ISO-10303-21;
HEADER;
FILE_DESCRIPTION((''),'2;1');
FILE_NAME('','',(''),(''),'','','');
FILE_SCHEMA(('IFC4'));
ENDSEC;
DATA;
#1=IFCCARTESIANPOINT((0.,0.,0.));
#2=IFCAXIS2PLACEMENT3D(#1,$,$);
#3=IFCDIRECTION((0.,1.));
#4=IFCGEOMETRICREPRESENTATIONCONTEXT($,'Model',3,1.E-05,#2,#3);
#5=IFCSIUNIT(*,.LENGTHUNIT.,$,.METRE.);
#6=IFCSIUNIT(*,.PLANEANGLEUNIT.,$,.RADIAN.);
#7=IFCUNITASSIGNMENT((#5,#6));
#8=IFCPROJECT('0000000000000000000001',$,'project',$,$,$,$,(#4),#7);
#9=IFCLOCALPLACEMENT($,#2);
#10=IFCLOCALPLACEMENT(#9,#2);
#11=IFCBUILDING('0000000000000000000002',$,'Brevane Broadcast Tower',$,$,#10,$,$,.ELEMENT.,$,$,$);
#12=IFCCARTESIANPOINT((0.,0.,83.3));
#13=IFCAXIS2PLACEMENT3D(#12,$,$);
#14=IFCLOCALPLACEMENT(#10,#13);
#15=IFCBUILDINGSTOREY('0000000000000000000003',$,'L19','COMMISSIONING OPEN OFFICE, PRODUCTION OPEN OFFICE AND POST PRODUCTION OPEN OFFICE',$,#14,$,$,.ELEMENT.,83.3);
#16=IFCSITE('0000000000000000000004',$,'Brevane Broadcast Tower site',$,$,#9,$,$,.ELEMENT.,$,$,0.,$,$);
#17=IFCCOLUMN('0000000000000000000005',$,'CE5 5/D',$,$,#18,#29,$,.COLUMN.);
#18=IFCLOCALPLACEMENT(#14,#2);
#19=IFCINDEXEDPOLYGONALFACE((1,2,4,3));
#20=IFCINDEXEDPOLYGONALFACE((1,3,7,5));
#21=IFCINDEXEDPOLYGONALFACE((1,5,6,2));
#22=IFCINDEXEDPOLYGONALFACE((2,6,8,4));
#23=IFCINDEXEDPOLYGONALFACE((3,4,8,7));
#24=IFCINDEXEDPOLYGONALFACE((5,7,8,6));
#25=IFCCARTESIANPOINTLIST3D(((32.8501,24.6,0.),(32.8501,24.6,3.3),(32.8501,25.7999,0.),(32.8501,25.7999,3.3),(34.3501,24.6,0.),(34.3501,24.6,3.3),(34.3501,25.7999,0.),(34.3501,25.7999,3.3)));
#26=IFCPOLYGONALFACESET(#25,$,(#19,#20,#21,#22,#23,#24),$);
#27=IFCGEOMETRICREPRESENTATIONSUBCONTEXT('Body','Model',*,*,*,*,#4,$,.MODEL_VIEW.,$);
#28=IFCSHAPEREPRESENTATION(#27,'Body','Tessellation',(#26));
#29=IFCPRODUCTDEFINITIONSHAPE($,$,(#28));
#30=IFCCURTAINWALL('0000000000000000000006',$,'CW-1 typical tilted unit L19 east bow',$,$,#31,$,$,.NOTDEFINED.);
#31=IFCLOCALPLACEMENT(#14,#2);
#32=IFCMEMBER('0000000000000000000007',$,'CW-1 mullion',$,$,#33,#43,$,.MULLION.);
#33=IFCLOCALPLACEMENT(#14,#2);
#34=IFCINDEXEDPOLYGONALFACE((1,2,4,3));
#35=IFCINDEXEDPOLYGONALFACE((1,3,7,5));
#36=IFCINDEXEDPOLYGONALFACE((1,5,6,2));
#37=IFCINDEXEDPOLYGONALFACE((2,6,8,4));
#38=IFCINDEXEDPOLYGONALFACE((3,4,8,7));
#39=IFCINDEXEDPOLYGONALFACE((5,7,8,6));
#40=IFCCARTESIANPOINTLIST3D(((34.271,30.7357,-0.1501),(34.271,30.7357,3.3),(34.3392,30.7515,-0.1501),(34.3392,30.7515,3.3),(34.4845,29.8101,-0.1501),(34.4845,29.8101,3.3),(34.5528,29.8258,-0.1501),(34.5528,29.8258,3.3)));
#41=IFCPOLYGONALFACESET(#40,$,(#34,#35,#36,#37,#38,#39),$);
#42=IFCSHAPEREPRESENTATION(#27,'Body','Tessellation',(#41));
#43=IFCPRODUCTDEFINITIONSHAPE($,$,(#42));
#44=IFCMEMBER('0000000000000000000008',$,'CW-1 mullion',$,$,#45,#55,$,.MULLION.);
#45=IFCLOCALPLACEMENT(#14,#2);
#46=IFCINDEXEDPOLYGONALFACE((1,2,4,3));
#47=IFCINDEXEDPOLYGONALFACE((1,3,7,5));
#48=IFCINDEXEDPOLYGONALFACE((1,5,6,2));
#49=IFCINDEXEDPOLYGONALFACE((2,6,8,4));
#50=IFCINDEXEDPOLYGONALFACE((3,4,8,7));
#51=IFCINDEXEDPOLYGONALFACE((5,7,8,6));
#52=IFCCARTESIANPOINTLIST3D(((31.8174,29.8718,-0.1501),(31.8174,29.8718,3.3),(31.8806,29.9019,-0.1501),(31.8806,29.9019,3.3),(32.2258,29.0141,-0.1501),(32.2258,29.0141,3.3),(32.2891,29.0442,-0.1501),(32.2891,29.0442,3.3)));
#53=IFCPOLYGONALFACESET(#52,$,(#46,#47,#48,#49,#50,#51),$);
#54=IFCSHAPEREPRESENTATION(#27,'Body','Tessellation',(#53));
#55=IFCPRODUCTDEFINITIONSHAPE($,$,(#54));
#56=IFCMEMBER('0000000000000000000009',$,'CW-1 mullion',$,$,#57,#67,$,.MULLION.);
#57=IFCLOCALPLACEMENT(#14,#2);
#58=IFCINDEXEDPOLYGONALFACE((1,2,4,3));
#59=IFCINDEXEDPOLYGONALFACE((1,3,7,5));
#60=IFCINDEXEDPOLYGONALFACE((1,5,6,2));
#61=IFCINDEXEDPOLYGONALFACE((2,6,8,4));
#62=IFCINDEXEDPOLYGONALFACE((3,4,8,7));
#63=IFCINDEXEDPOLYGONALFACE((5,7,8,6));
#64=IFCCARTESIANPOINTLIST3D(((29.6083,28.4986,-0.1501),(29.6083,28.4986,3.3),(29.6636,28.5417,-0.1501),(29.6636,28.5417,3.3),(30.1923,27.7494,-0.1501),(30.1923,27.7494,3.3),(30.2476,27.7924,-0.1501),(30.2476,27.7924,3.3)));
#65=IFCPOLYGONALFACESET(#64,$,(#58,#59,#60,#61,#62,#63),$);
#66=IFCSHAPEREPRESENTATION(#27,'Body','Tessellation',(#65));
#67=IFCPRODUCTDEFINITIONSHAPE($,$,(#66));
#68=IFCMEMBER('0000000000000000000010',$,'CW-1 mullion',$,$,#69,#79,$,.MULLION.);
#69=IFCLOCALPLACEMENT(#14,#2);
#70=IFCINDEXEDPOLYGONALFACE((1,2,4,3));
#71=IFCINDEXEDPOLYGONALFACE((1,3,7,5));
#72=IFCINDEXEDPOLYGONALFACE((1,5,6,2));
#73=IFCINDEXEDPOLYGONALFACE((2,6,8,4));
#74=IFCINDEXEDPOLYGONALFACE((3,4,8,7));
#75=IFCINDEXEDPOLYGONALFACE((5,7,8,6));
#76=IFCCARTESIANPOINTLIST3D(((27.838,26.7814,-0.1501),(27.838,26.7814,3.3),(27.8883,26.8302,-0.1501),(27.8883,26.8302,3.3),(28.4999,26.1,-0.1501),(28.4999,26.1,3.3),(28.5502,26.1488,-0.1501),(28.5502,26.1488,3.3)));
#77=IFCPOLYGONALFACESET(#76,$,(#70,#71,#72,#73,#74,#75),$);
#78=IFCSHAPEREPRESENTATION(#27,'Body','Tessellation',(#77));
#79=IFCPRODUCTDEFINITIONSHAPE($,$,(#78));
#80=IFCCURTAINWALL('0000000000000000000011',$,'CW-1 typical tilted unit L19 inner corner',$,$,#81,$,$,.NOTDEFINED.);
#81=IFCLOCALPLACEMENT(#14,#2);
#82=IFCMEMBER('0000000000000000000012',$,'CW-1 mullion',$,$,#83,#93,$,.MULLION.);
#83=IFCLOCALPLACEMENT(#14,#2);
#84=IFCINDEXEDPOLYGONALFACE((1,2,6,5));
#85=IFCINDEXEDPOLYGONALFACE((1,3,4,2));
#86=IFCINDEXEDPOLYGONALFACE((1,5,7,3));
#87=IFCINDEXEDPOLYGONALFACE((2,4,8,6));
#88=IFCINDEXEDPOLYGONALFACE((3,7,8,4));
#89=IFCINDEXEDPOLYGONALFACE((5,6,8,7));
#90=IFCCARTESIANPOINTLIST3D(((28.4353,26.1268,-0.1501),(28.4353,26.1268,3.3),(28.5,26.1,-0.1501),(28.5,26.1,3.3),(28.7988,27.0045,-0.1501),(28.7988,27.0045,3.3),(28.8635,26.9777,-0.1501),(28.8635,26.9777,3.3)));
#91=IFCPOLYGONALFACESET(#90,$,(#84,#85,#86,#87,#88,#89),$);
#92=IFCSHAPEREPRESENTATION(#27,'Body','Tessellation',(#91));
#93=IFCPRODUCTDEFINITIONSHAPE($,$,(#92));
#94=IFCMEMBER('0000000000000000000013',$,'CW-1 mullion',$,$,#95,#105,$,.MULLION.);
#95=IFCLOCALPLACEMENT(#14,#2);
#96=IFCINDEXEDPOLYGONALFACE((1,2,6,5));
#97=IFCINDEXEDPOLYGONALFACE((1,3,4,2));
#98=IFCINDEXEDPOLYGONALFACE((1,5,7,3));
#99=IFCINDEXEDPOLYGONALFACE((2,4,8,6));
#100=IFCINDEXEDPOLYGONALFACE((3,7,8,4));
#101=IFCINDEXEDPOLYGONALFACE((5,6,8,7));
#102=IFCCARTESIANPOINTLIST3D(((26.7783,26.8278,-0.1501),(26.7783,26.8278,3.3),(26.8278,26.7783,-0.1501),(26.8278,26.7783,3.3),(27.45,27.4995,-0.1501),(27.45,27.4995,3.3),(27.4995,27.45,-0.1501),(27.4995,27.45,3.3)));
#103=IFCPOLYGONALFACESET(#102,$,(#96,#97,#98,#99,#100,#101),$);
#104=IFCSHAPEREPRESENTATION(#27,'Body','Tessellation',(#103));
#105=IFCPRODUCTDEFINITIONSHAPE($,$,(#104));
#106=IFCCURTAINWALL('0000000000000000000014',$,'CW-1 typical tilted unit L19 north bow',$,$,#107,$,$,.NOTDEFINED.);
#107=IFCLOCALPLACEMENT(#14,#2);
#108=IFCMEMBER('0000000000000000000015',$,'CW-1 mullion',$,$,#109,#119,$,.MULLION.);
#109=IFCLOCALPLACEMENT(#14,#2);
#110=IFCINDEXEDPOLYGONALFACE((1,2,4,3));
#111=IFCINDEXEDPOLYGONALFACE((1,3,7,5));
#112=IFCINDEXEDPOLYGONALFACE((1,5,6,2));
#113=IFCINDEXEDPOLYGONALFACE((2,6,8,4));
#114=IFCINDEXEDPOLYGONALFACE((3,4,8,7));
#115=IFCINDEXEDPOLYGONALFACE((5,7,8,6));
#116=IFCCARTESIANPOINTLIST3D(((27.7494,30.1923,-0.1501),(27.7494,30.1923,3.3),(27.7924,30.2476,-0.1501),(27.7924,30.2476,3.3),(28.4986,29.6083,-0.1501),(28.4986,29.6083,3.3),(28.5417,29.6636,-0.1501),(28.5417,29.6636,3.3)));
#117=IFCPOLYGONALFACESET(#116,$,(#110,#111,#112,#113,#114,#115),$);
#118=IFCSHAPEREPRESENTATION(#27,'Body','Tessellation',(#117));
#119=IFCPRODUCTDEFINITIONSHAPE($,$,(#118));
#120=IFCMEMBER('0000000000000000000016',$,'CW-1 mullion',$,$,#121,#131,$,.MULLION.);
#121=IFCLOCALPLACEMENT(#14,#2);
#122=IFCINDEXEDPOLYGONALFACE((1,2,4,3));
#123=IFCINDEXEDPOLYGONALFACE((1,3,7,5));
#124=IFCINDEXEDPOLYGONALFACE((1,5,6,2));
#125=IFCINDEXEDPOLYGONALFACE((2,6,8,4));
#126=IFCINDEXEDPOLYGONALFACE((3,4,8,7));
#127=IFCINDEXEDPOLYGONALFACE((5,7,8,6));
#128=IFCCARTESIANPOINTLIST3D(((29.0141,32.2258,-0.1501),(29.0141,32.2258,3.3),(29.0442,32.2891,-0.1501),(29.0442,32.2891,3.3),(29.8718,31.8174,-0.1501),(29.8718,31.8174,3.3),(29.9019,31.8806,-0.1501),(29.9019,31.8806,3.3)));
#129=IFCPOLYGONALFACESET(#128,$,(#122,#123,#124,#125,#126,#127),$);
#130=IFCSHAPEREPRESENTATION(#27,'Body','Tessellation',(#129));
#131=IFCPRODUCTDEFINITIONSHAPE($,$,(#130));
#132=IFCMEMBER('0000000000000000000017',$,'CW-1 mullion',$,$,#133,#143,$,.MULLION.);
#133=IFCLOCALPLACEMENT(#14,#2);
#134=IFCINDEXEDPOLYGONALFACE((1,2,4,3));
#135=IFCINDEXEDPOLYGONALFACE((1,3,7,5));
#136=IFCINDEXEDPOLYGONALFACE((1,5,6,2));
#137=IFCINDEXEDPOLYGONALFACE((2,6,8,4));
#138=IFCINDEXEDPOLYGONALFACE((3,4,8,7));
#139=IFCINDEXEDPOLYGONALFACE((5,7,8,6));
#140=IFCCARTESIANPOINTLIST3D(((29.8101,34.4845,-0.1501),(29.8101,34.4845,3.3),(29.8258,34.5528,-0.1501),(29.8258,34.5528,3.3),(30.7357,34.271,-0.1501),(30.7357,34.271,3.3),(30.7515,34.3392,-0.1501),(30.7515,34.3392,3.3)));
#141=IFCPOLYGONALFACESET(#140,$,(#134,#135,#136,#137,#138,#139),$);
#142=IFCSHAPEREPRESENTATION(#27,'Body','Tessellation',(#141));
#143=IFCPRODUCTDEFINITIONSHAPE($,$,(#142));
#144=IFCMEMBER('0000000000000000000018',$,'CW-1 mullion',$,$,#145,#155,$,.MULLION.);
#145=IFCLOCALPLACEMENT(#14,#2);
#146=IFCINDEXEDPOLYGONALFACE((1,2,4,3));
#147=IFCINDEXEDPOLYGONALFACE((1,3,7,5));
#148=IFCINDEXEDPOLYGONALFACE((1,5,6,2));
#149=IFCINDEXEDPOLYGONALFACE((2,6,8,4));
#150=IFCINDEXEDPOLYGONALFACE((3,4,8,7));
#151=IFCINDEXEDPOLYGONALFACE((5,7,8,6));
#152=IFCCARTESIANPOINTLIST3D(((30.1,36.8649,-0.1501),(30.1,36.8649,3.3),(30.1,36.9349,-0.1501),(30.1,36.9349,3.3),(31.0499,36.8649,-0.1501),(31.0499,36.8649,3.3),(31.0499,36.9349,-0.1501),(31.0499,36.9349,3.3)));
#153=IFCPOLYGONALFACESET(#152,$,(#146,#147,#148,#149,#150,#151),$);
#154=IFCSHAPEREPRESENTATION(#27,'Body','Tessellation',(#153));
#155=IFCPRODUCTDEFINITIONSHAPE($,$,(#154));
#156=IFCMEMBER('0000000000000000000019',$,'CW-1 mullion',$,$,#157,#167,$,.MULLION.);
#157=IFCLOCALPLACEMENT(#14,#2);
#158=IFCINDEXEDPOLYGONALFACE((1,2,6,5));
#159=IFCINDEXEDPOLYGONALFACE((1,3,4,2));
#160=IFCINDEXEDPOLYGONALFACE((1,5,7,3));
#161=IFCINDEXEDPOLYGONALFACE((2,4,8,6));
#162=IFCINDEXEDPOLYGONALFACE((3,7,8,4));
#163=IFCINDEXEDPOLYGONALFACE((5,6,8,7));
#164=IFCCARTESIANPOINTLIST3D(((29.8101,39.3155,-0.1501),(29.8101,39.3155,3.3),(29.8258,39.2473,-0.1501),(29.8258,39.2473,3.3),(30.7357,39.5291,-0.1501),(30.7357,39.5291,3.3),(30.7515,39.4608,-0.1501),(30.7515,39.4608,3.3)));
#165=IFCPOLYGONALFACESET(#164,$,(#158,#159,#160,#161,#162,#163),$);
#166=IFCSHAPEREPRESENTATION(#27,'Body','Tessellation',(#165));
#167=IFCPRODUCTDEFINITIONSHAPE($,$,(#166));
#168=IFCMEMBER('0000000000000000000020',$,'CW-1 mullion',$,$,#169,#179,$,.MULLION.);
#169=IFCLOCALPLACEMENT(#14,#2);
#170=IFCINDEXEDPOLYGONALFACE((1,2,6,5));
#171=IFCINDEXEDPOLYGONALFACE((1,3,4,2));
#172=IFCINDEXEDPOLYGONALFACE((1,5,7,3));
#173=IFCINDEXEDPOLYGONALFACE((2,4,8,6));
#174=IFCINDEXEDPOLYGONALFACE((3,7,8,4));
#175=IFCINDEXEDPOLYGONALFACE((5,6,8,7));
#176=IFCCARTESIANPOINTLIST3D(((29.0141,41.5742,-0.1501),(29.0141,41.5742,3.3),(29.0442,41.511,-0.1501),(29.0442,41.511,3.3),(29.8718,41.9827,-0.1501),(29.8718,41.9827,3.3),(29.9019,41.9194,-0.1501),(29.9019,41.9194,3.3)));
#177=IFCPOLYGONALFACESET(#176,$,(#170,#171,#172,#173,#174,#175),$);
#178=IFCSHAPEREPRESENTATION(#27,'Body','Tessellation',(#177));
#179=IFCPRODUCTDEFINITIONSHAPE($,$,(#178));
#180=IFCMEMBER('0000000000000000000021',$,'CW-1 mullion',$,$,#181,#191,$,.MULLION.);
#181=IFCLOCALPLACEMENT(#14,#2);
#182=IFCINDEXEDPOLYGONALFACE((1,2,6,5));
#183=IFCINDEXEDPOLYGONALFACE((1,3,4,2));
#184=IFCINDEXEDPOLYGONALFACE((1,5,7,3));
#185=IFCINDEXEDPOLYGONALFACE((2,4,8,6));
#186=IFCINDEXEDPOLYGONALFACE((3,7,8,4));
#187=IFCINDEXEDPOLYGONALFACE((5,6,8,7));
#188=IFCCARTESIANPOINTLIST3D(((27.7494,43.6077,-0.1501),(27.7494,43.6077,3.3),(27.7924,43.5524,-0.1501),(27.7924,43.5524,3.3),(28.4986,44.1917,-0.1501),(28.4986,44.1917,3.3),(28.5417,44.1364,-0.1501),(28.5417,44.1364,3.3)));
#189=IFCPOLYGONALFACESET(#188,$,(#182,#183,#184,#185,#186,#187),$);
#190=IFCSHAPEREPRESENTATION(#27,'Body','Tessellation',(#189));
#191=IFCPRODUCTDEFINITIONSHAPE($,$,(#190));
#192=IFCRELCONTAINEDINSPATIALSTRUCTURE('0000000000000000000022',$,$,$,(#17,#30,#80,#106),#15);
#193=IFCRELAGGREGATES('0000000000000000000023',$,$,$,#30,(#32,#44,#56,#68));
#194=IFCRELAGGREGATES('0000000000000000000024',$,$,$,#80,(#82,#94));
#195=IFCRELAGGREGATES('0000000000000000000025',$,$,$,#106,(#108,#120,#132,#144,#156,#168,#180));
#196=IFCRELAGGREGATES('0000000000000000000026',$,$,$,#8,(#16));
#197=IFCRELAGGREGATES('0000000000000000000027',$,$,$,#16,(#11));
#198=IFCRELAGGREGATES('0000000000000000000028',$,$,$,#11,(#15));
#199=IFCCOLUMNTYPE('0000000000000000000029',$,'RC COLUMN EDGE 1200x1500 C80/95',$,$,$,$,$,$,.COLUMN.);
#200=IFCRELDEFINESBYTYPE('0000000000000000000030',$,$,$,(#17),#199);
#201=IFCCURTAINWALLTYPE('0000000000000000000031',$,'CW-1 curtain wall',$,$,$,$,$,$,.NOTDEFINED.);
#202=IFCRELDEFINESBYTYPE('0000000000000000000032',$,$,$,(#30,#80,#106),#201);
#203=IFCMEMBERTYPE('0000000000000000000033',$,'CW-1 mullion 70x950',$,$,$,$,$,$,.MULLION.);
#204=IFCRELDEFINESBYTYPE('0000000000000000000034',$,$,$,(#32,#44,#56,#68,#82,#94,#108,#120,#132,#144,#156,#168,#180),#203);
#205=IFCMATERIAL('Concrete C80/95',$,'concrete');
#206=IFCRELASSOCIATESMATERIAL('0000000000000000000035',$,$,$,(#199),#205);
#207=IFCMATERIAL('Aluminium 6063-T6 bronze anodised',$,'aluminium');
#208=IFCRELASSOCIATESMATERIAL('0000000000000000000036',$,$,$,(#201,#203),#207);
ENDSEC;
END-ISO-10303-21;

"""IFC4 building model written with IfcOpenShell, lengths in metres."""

from ifc_helpers import new_model, si_unit, direction, frame, origin, origin_2d, place, context, subcontext, project, spatial, rectangle, extrude, material, material_profile, profile_set, type_object, element, aggregate, save


model = new_model("IFC4")

# Units and contexts
model_context = context("Model", 3, precision=1e-05, world=origin(), true_north=direction((0.0, 1.0)))
body_context = subcontext(model_context, "Body", "Model", "MODEL_VIEW")
ifc_project = project(units=[si_unit("LENGTHUNIT", "METRE"), si_unit("PLANEANGLEUNIT", "RADIAN")], contexts=[model_context])

# Site, building, storey
site_placement = place(None, origin())
site = spatial("IfcSite", under=ifc_project, at=site_placement, Name="Brevane Broadcast Tower site", CompositionType="ELEMENT", RefElevation=0.0)
building_placement = place(site_placement, origin())
building = spatial("IfcBuilding", under=site, at=building_placement, Name="Brevane Broadcast Tower", CompositionType="ELEMENT")
storey_placement = place(building_placement, frame((0.0, 0.0, 83.3)))
storey = spatial("IfcBuildingStorey", under=building, at=storey_placement, Name="L19", Description="COMMISSIONING OPEN OFFICE, PRODUCTION OPEN OFFICE AND POST PRODUCTION OPEN OFFICE", CompositionType="ELEMENT", Elevation=83.3)

# Column
ifc_material_1 = material(Name="Concrete C80/95", Category="concrete")
ifc_material_profile_1 = material_profile(ifc_material_1, rectangle(XDim=1.2, YDim=1.5, at=origin_2d()), Name="RC 1200x1500")
ifc_profile_set_1 = profile_set([ifc_material_profile_1], Name="Concrete C80/95")
column_type = type_object("IfcColumnType", Name="RC COLUMN EDGE 1200x1500 C80/95", PredefinedType="COLUMN", material=ifc_profile_set_1)
column_placement = place(storey_placement, frame((33.6001, 25.2, 0.0), z_axis=(0.0, 0.0, 1.0), x_axis=(0.0, 1.0, 0.0)))
element("IfcColumn", 1, at=column_placement, inside=storey, type_object=column_type, Name="CE5 5/D", PredefinedType="COLUMN", context=body_context, shape_type="SweptSolid", body=[
    extrude(rectangle(XDim=1.2, YDim=1.5, at=origin_2d()), origin(), (0.0, 0.0, 1.0), 3.3),
])

# Curtain walls, members
ifc_material_2 = material(Name="Aluminium 6063-T6 bronze anodised", Category="aluminium")
curtain_wall_type = type_object("IfcCurtainWallType", Name="CW-1 curtain wall", PredefinedType="NOTDEFINED", material=ifc_material_2)
curtain_wall_1_placement = place(storey_placement, origin())
curtain_wall_1 = element("IfcCurtainWall", 2, at=curtain_wall_1_placement, inside=storey, type_object=curtain_wall_type, Name="CW-1 typical tilted unit L19 east bow", PredefinedType="NOTDEFINED")
ifc_material_profile_2 = material_profile(ifc_material_2, rectangle(XDim=0.95, YDim=0.0701, at=origin_2d()), Name="RECT 70x950")
ifc_profile_set_2 = profile_set([ifc_material_profile_2], Name="Aluminium 6063-T6 bronze anodised")
member_type_1 = type_object("IfcMemberType", Name="CW-1 mullion 70x950", PredefinedType="MULLION", material=ifc_profile_set_2)
member_1_placement = place(storey_placement, frame((34.4119, 30.2808, -0.1501), z_axis=(0.0, 0.0, 1.0), x_axis=(0.224806, -0.974403, 0.0)))
member_1 = element("IfcMember", 3, at=member_1_placement, type_object=member_type_1, Name="CW-1 mullion", PredefinedType="MULLION", context=body_context, shape_type="SweptSolid", body=[
    extrude(rectangle(XDim=0.95, YDim=0.0701, at=origin_2d()), origin(), (0.0, 0.0, 1.0), 3.4502),
])
member_2_placement = place(storey_placement, frame((32.0532, 29.458, -0.1501), z_axis=(0.0, 0.0, 1.0), x_axis=(0.429934, -0.902861, 0.0)))
member_2 = element("IfcMember", 4, at=member_2_placement, type_object=member_type_1, Name="CW-1 mullion", PredefinedType="MULLION", context=body_context, shape_type="SweptSolid", body=[
    extrude(rectangle(XDim=0.95, YDim=0.0701, at=origin_2d()), origin(), (0.0, 0.0, 1.0), 3.4502),
])
member_3_placement = place(storey_placement, frame((29.928, 28.1455, -0.1501), z_axis=(0.0, 0.0, 1.0), x_axis=(0.61477, -0.788707, 0.0)))
member_3 = element("IfcMember", 5, at=member_3_placement, type_object=member_type_1, Name="CW-1 mullion", PredefinedType="MULLION", context=body_context, shape_type="SweptSolid", body=[
    extrude(rectangle(XDim=0.95, YDim=0.0701, at=origin_2d()), origin(), (0.0, 0.0, 1.0), 3.4502),
])
member_4_placement = place(storey_placement, frame((28.1941, 26.4651, -0.1501), z_axis=(0.0, 0.0, 1.0), x_axis=(0.696812, -0.717254, 0.0)))
member_4 = element("IfcMember", 6, at=member_4_placement, type_object=member_type_1, Name="CW-1 mullion", PredefinedType="MULLION", context=body_context, shape_type="SweptSolid", body=[
    extrude(rectangle(XDim=0.95, YDim=0.0701, at=origin_2d()), origin(), (0.0, 0.0, 1.0), 3.4502),
])
curtain_wall_2_placement = place(storey_placement, origin())
curtain_wall_2 = element("IfcCurtainWall", 7, at=curtain_wall_2_placement, inside=storey, type_object=curtain_wall_type, Name="CW-1 typical tilted unit L19 inner corner", PredefinedType="NOTDEFINED")
member_5_placement = place(storey_placement, frame((28.6494, 26.5522, -0.1501), z_axis=(0.0, 0.0, 1.0), x_axis=(-0.382684, -0.923879, 0.0)))
member_5 = element("IfcMember", 8, at=member_5_placement, type_object=member_type_1, Name="CW-1 mullion", PredefinedType="MULLION", context=body_context, shape_type="SweptSolid", body=[
    extrude(rectangle(XDim=0.95, YDim=0.0701, at=origin_2d()), origin(), (0.0, 0.0, 1.0), 3.4502),
])
member_6_placement = place(storey_placement, frame((27.1389, 27.1389, -0.1501), z_axis=(0.0, 0.0, 1.0), x_axis=(-0.707107, -0.707107, 0.0)))
member_6 = element("IfcMember", 9, at=member_6_placement, type_object=member_type_1, Name="CW-1 mullion", PredefinedType="MULLION", context=body_context, shape_type="SweptSolid", body=[
    extrude(rectangle(XDim=0.95, YDim=0.0701, at=origin_2d()), origin(), (0.0, 0.0, 1.0), 3.4502),
])
curtain_wall_3_placement = place(storey_placement, origin())
curtain_wall_3 = element("IfcCurtainWall", 10, at=curtain_wall_3_placement, inside=storey, type_object=curtain_wall_type, Name="CW-1 typical tilted unit L19 north bow", PredefinedType="NOTDEFINED")
member_7_placement = place(storey_placement, frame((28.1455, 29.928, -0.1501), z_axis=(0.0, 0.0, 1.0), x_axis=(-0.788707, 0.61477, 0.0)))
member_7 = element("IfcMember", 11, at=member_7_placement, type_object=member_type_1, Name="CW-1 mullion", PredefinedType="MULLION", context=body_context, shape_type="SweptSolid", body=[
    extrude(rectangle(XDim=0.95, YDim=0.0701, at=origin_2d()), origin(), (0.0, 0.0, 1.0), 3.4502),
])
member_8_placement = place(storey_placement, frame((29.458, 32.0532, -0.1501), z_axis=(0.0, 0.0, 1.0), x_axis=(-0.902861, 0.429934, 0.0)))
member_8 = element("IfcMember", 12, at=member_8_placement, type_object=member_type_1, Name="CW-1 mullion", PredefinedType="MULLION", context=body_context, shape_type="SweptSolid", body=[
    extrude(rectangle(XDim=0.95, YDim=0.0701, at=origin_2d()), origin(), (0.0, 0.0, 1.0), 3.4502),
])
member_9_placement = place(storey_placement, frame((30.2808, 34.4119, -0.1501), z_axis=(0.0, 0.0, 1.0), x_axis=(-0.974403, 0.224806, 0.0)))
member_9 = element("IfcMember", 13, at=member_9_placement, type_object=member_type_1, Name="CW-1 mullion", PredefinedType="MULLION", context=body_context, shape_type="SweptSolid", body=[
    extrude(rectangle(XDim=0.95, YDim=0.0701, at=origin_2d()), origin(), (0.0, 0.0, 1.0), 3.4502),
])
member_10_placement = place(storey_placement, frame((30.575, 36.8999, -0.1501), z_axis=(0.0, 0.0, 1.0), x_axis=(-1.0, 0.0, 0.0)))
member_10 = element("IfcMember", 14, at=member_10_placement, type_object=member_type_1, Name="CW-1 mullion", PredefinedType="MULLION", context=body_context, shape_type="SweptSolid", body=[
    extrude(rectangle(XDim=0.95, YDim=0.0701, at=origin_2d()), origin(), (0.0, 0.0, 1.0), 3.4502),
])
member_11_placement = place(storey_placement, frame((30.2808, 39.3882, -0.1501), z_axis=(0.0, 0.0, 1.0), x_axis=(-0.974403, -0.224806, 0.0)))
member_11 = element("IfcMember", 15, at=member_11_placement, type_object=member_type_1, Name="CW-1 mullion", PredefinedType="MULLION", context=body_context, shape_type="SweptSolid", body=[
    extrude(rectangle(XDim=0.95, YDim=0.0701, at=origin_2d()), origin(), (0.0, 0.0, 1.0), 3.4502),
])
member_12_placement = place(storey_placement, frame((29.458, 41.7468, -0.1501), z_axis=(0.0, 0.0, 1.0), x_axis=(-0.902861, -0.429934, 0.0)))
member_12 = element("IfcMember", 16, at=member_12_placement, type_object=member_type_1, Name="CW-1 mullion", PredefinedType="MULLION", context=body_context, shape_type="SweptSolid", body=[
    extrude(rectangle(XDim=0.95, YDim=0.0701, at=origin_2d()), origin(), (0.0, 0.0, 1.0), 3.4502),
])
member_13_placement = place(storey_placement, frame((28.1455, 43.8721, -0.1501), z_axis=(0.0, 0.0, 1.0), x_axis=(-0.788707, -0.61477, 0.0)))
member_13 = element("IfcMember", 17, at=member_13_placement, type_object=member_type_1, Name="CW-1 mullion", PredefinedType="MULLION", context=body_context, shape_type="SweptSolid", body=[
    extrude(rectangle(XDim=0.95, YDim=0.0701, at=origin_2d()), origin(), (0.0, 0.0, 1.0), 3.4502),
])

aggregate(curtain_wall_1, [member_1, member_2, member_3, member_4])
aggregate(curtain_wall_2, [member_5, member_6])
aggregate(curtain_wall_3, [member_7, member_8, member_9, member_10, member_11, member_12, member_13])

save(model, "model.ifc")
